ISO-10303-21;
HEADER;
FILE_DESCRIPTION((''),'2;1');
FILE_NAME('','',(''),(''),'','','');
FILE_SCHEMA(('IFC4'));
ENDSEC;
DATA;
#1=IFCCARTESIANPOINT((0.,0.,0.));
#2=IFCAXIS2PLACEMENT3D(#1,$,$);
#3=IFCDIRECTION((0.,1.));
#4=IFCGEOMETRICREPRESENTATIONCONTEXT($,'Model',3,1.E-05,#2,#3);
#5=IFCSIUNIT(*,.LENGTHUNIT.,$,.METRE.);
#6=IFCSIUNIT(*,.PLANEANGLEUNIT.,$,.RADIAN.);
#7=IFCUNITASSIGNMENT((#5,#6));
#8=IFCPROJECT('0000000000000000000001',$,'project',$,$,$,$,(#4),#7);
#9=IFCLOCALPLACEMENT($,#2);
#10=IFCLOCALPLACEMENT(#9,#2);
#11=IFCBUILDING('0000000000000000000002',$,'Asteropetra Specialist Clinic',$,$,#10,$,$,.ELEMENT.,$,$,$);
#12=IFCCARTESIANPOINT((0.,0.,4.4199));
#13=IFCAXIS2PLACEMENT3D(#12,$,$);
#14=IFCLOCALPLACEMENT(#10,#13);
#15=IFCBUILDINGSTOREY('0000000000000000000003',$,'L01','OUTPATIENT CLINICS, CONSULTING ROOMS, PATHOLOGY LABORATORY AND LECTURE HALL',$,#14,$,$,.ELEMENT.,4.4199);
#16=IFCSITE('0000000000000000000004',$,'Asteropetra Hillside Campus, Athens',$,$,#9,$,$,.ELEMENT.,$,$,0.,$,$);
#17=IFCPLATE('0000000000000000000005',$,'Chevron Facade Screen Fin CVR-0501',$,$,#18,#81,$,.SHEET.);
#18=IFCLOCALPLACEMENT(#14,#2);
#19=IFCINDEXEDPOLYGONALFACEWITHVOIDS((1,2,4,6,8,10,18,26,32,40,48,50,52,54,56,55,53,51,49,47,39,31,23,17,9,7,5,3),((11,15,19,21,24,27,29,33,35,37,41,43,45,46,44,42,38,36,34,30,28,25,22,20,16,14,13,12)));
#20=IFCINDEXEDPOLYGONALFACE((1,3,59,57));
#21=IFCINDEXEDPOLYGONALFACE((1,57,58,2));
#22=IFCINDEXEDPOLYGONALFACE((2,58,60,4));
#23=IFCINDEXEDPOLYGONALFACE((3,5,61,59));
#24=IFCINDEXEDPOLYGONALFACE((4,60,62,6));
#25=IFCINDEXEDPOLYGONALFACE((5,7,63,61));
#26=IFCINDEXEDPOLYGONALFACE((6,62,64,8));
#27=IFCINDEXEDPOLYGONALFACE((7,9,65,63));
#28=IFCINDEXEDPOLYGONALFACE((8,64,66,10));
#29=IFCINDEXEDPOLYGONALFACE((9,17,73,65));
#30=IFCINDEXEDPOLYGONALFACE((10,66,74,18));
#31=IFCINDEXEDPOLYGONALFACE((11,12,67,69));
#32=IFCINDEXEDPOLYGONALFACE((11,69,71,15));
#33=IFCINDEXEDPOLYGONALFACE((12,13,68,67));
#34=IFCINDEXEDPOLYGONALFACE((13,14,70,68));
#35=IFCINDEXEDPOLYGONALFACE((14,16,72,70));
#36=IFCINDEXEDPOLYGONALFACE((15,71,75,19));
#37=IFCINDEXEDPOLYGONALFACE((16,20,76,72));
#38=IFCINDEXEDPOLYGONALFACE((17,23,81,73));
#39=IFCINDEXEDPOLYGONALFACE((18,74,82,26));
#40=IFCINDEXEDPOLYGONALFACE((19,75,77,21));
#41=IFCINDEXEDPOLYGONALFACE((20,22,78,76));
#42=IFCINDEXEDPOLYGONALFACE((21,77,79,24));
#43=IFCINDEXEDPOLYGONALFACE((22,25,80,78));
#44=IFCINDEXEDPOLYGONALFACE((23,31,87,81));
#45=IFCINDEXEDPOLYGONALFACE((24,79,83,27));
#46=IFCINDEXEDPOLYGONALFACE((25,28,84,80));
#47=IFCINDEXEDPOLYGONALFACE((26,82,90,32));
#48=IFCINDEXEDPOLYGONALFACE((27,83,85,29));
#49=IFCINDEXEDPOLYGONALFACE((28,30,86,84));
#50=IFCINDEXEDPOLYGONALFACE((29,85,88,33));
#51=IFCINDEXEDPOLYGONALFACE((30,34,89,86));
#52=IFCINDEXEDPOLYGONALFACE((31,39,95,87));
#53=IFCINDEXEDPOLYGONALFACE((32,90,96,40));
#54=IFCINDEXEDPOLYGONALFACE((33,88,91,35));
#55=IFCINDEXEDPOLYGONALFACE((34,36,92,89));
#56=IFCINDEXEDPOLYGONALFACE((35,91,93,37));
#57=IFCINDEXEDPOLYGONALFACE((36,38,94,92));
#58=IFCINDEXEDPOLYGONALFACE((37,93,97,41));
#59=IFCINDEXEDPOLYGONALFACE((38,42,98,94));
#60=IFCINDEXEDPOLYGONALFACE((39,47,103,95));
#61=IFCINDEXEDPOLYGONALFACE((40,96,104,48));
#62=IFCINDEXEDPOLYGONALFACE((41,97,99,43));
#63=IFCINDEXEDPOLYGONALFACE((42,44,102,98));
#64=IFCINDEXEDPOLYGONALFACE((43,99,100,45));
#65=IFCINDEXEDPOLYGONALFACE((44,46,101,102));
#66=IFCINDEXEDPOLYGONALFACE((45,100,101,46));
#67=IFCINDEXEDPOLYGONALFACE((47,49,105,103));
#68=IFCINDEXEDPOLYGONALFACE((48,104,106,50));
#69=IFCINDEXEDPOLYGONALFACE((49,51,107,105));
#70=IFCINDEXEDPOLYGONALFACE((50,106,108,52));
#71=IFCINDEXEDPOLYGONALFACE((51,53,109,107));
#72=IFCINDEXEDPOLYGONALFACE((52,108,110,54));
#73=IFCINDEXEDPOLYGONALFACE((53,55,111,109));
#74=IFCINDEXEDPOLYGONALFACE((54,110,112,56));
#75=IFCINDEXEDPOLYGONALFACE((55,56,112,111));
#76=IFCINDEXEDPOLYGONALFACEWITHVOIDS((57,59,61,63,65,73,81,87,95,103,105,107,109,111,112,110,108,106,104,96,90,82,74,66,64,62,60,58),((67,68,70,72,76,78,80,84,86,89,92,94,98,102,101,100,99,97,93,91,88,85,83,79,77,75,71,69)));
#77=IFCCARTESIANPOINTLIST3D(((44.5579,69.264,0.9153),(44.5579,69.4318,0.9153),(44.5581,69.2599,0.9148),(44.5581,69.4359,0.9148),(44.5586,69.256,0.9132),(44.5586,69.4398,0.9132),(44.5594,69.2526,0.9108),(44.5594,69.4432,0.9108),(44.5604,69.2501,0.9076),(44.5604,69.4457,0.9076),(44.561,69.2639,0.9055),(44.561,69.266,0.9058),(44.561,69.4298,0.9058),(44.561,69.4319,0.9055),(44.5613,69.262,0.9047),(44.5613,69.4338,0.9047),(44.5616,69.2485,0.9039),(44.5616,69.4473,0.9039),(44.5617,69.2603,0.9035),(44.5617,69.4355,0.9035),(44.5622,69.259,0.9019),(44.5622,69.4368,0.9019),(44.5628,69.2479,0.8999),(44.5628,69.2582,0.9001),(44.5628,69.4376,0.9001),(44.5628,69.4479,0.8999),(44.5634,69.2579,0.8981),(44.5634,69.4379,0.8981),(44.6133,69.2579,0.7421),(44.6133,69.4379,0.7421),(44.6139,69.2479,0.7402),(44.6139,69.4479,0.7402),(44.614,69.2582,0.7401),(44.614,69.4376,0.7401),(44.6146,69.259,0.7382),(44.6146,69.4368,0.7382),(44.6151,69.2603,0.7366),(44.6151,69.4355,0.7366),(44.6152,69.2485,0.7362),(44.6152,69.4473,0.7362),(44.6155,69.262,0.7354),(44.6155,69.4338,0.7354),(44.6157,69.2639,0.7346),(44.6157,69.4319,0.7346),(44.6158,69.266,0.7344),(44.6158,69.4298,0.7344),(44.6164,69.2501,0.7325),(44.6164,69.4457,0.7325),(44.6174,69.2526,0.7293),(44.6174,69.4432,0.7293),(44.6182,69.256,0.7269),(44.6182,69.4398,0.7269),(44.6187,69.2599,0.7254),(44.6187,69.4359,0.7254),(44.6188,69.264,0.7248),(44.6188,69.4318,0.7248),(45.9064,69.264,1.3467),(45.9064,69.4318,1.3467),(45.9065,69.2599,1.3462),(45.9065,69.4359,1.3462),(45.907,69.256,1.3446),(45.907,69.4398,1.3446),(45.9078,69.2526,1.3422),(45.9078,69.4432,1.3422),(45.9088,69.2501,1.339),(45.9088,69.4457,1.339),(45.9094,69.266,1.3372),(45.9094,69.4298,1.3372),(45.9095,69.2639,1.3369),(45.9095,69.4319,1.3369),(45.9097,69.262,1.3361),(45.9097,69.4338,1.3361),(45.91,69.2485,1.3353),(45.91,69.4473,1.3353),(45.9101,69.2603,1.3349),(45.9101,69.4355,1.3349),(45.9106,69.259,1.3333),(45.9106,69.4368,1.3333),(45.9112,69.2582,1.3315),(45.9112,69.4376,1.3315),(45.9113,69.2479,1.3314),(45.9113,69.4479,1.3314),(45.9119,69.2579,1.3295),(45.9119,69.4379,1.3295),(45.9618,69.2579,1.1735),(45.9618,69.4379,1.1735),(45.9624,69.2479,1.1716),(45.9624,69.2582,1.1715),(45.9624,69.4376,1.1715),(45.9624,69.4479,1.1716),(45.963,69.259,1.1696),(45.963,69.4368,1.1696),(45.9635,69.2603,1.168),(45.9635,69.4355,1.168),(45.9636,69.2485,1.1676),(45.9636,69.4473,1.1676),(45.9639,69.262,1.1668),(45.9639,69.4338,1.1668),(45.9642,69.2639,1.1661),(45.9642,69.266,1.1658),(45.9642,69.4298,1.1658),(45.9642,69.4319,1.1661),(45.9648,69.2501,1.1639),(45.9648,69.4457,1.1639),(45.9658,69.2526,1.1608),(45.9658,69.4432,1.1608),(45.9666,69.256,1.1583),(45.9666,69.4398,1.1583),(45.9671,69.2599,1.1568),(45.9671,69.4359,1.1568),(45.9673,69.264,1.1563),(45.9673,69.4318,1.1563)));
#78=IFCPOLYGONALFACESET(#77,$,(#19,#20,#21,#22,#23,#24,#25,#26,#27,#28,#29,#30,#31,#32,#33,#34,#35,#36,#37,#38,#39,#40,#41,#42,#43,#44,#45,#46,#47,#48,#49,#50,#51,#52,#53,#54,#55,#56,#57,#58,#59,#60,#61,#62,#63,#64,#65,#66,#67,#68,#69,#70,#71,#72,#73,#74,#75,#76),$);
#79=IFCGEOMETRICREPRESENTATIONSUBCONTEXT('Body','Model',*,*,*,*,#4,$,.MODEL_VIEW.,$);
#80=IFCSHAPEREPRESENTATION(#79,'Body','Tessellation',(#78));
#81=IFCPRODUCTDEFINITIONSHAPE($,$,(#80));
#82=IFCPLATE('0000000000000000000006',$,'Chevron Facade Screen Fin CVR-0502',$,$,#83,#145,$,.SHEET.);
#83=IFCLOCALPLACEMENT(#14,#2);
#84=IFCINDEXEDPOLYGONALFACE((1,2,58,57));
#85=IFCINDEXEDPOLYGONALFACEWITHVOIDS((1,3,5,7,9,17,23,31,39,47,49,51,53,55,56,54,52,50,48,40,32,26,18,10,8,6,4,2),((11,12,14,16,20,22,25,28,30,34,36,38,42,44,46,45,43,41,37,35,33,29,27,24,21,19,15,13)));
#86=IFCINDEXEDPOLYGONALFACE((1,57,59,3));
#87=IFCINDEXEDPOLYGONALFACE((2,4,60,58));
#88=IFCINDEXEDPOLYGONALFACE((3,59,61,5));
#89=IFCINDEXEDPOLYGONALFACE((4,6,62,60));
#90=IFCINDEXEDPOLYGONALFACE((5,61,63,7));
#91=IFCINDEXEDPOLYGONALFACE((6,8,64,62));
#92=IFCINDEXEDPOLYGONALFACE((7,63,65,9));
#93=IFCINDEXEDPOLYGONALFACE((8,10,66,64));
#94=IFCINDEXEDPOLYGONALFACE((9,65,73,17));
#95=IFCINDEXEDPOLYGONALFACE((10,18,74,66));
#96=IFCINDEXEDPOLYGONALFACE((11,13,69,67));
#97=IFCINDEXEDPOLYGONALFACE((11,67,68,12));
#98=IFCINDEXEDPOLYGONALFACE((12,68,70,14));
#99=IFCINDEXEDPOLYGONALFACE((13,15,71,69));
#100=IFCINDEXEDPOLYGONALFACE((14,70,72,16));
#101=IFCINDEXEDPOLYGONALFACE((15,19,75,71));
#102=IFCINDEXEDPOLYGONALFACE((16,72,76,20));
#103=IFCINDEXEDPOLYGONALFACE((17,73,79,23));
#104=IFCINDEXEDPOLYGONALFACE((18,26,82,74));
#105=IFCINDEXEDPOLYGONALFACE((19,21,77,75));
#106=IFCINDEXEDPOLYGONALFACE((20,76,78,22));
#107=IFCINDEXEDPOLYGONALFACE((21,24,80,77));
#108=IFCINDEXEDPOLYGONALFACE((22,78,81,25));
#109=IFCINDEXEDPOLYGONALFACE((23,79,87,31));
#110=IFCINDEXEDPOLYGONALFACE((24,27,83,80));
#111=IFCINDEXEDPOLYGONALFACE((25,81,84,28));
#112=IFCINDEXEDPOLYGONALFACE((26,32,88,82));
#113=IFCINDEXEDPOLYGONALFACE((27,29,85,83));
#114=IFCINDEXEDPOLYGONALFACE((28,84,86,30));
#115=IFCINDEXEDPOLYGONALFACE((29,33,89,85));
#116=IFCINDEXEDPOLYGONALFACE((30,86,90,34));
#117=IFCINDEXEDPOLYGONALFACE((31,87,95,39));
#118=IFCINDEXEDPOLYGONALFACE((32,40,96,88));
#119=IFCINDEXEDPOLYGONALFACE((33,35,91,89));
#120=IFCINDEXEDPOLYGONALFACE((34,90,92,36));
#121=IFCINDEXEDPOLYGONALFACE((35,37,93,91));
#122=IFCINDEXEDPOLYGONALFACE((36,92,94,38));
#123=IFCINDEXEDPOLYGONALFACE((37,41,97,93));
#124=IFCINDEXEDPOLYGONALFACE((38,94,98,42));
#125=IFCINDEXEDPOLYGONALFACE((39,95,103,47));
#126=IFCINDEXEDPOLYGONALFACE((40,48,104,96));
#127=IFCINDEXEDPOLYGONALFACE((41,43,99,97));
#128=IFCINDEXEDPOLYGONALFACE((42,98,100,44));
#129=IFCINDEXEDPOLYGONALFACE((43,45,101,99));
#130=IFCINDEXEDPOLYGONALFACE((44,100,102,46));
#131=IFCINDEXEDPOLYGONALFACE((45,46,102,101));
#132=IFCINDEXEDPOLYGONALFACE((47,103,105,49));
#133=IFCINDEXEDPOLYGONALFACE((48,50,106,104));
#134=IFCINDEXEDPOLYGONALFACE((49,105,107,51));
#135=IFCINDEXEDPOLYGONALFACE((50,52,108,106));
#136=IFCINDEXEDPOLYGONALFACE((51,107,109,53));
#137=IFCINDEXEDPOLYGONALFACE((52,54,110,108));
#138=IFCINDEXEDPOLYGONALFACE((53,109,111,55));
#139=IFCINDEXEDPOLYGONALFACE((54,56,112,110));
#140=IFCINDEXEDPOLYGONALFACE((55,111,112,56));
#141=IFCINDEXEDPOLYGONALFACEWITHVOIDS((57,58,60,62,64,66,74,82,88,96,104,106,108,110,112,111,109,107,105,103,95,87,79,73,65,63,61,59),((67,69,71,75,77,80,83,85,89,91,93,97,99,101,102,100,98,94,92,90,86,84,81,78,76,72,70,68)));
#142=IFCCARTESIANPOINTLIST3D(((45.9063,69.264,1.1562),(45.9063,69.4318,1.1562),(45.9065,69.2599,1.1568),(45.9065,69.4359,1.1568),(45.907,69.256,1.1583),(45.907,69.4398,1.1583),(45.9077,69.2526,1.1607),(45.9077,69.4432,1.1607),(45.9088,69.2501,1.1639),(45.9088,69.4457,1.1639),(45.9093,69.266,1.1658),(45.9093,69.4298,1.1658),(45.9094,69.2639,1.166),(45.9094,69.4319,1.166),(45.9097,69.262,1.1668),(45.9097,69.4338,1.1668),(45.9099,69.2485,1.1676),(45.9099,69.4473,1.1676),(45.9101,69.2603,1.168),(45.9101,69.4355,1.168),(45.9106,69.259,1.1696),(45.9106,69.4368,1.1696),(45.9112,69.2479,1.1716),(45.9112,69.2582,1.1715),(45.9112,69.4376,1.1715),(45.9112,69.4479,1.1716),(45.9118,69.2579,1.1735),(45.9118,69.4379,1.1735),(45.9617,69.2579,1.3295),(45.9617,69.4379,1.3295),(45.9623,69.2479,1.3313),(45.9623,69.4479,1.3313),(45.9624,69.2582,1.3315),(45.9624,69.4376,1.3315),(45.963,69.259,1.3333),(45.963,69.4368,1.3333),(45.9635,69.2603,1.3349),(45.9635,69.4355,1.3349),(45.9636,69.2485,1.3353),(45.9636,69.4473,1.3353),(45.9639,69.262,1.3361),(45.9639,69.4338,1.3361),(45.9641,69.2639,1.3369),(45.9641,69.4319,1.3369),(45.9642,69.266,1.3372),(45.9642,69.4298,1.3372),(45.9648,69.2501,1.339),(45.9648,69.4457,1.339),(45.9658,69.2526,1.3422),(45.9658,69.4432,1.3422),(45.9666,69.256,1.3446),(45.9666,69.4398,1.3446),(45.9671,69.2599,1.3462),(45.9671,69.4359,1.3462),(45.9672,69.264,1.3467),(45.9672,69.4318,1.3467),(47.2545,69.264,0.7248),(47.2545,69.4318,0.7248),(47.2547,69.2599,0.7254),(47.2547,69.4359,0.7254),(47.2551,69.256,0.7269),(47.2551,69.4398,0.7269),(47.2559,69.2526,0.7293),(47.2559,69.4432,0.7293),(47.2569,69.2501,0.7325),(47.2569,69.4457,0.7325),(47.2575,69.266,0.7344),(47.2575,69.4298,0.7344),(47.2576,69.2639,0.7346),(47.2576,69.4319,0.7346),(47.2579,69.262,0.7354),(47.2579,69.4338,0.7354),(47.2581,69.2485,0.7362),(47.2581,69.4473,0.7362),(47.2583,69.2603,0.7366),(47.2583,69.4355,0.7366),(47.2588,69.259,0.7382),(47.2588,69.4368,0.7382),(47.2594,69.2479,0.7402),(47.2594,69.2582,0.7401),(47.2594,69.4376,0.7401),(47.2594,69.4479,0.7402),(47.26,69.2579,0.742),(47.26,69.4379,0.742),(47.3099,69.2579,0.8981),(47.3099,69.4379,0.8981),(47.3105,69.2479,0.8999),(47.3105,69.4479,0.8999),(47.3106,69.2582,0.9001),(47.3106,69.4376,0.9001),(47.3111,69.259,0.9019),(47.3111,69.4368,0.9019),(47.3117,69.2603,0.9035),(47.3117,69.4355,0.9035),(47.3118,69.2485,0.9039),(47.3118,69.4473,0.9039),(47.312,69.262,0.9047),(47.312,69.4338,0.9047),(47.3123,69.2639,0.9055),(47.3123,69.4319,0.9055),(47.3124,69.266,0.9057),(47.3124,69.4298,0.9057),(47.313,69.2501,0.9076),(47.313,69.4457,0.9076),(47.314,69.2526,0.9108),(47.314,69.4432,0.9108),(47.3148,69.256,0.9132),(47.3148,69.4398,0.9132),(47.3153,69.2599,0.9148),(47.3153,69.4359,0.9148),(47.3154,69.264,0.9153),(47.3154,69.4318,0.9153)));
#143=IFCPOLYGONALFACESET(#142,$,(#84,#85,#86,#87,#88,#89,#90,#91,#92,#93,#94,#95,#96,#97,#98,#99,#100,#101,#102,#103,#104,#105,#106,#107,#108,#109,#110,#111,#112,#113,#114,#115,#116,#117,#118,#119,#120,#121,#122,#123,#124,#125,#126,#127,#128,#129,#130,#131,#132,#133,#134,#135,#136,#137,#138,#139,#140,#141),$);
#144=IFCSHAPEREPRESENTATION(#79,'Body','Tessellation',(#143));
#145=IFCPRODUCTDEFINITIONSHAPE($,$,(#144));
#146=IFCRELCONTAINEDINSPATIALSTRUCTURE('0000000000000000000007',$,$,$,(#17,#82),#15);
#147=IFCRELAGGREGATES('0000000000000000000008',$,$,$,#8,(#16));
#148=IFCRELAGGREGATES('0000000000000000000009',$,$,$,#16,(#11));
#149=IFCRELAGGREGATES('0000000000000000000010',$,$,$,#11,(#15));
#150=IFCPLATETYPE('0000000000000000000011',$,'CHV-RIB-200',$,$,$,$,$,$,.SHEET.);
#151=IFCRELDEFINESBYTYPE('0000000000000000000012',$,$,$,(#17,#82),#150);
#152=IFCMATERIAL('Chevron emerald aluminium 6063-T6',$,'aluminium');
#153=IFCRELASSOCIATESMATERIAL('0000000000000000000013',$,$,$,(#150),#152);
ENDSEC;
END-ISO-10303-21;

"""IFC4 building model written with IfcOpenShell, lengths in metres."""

from ifc_helpers import new_model, si_unit, direction, frame, origin, origin_2d, place, context, subcontext, project, spatial, hollow_rectangle, extrude, material, material_profile, profile_set, type_object, element, save


model = new_model("IFC4")

# Units and contexts
model_context = context("Model", 3, precision=1e-05, world=origin(), true_north=direction((0.0, 1.0)))
body_context = subcontext(model_context, "Body", "Model", "MODEL_VIEW")
ifc_project = project(units=[si_unit("LENGTHUNIT", "METRE"), si_unit("PLANEANGLEUNIT", "RADIAN")], contexts=[model_context])

# Site, building, storey
site_placement = place(None, origin())
site = spatial("IfcSite", under=ifc_project, at=site_placement, Name="Asteropetra Hillside Campus, Athens", CompositionType="ELEMENT", RefElevation=0.0)
building_placement = place(site_placement, origin())
building = spatial("IfcBuilding", under=site, at=building_placement, Name="Asteropetra Specialist Clinic", CompositionType="ELEMENT")
storey_placement = place(building_placement, frame((0.0, 0.0, 4.4199)))
storey = spatial("IfcBuildingStorey", under=building, at=storey_placement, Name="L01", Description="OUTPATIENT CLINICS, CONSULTING ROOMS, PATHOLOGY LABORATORY AND LECTURE HALL", CompositionType="ELEMENT", Elevation=4.4199)

# Plates
ifc_material_1 = material(Name="Chevron emerald aluminium 6063-T6", Category="aluminium")
ifc_material_profile_1 = material_profile(ifc_material_1, hollow_rectangle(XDim=0.2, YDim=0.2, WallThickness=0.01, InnerFilletRadius=0.0081, OuterFilletRadius=0.0161, at=origin_2d()), Name="SHS 200x200x10.0")
ifc_profile_set_1 = profile_set([ifc_material_profile_1], Name="Chevron emerald aluminium 6063-T6")
plate_type = type_object("IfcPlateType", Name="CHV-RIB-200", PredefinedType="SHEET", material=ifc_profile_set_1)
plate_1_placement = place(storey_placement, frame((44.5884, 69.3479, 0.8201), z_axis=(0.952442, 0.0, 0.304719), x_axis=(0.0, 1.0, 0.0)))
element("IfcPlate", 1, at=plate_1_placement, inside=storey, type_object=plate_type, Name="Chevron Facade Screen Fin CVR-0501", PredefinedType="SHEET", context=body_context, shape_type="SweptSolid", body=[
    extrude(hollow_rectangle(XDim=0.2, YDim=0.2, WallThickness=0.01, InnerFilletRadius=0.0081, OuterFilletRadius=0.0161, at=origin_2d()), origin(), (0.0, 0.0, 1.0), 1.4158),
])
plate_2_placement = place(storey_placement, frame((45.9368, 69.3479, 1.2515), z_axis=(0.952426, 0.0, -0.304769), x_axis=(0.0, 1.0, 0.0)))
element("IfcPlate", 2, at=plate_2_placement, inside=storey, type_object=plate_type, Name="Chevron Facade Screen Fin CVR-0502", PredefinedType="SHEET", context=body_context, shape_type="SweptSolid", body=[
    extrude(hollow_rectangle(XDim=0.2, YDim=0.2, WallThickness=0.01, InnerFilletRadius=0.0081, OuterFilletRadius=0.0161, at=origin_2d()), origin(), (0.0, 0.0, 1.0), 1.4155),
])

save(model, "model.ifc")
